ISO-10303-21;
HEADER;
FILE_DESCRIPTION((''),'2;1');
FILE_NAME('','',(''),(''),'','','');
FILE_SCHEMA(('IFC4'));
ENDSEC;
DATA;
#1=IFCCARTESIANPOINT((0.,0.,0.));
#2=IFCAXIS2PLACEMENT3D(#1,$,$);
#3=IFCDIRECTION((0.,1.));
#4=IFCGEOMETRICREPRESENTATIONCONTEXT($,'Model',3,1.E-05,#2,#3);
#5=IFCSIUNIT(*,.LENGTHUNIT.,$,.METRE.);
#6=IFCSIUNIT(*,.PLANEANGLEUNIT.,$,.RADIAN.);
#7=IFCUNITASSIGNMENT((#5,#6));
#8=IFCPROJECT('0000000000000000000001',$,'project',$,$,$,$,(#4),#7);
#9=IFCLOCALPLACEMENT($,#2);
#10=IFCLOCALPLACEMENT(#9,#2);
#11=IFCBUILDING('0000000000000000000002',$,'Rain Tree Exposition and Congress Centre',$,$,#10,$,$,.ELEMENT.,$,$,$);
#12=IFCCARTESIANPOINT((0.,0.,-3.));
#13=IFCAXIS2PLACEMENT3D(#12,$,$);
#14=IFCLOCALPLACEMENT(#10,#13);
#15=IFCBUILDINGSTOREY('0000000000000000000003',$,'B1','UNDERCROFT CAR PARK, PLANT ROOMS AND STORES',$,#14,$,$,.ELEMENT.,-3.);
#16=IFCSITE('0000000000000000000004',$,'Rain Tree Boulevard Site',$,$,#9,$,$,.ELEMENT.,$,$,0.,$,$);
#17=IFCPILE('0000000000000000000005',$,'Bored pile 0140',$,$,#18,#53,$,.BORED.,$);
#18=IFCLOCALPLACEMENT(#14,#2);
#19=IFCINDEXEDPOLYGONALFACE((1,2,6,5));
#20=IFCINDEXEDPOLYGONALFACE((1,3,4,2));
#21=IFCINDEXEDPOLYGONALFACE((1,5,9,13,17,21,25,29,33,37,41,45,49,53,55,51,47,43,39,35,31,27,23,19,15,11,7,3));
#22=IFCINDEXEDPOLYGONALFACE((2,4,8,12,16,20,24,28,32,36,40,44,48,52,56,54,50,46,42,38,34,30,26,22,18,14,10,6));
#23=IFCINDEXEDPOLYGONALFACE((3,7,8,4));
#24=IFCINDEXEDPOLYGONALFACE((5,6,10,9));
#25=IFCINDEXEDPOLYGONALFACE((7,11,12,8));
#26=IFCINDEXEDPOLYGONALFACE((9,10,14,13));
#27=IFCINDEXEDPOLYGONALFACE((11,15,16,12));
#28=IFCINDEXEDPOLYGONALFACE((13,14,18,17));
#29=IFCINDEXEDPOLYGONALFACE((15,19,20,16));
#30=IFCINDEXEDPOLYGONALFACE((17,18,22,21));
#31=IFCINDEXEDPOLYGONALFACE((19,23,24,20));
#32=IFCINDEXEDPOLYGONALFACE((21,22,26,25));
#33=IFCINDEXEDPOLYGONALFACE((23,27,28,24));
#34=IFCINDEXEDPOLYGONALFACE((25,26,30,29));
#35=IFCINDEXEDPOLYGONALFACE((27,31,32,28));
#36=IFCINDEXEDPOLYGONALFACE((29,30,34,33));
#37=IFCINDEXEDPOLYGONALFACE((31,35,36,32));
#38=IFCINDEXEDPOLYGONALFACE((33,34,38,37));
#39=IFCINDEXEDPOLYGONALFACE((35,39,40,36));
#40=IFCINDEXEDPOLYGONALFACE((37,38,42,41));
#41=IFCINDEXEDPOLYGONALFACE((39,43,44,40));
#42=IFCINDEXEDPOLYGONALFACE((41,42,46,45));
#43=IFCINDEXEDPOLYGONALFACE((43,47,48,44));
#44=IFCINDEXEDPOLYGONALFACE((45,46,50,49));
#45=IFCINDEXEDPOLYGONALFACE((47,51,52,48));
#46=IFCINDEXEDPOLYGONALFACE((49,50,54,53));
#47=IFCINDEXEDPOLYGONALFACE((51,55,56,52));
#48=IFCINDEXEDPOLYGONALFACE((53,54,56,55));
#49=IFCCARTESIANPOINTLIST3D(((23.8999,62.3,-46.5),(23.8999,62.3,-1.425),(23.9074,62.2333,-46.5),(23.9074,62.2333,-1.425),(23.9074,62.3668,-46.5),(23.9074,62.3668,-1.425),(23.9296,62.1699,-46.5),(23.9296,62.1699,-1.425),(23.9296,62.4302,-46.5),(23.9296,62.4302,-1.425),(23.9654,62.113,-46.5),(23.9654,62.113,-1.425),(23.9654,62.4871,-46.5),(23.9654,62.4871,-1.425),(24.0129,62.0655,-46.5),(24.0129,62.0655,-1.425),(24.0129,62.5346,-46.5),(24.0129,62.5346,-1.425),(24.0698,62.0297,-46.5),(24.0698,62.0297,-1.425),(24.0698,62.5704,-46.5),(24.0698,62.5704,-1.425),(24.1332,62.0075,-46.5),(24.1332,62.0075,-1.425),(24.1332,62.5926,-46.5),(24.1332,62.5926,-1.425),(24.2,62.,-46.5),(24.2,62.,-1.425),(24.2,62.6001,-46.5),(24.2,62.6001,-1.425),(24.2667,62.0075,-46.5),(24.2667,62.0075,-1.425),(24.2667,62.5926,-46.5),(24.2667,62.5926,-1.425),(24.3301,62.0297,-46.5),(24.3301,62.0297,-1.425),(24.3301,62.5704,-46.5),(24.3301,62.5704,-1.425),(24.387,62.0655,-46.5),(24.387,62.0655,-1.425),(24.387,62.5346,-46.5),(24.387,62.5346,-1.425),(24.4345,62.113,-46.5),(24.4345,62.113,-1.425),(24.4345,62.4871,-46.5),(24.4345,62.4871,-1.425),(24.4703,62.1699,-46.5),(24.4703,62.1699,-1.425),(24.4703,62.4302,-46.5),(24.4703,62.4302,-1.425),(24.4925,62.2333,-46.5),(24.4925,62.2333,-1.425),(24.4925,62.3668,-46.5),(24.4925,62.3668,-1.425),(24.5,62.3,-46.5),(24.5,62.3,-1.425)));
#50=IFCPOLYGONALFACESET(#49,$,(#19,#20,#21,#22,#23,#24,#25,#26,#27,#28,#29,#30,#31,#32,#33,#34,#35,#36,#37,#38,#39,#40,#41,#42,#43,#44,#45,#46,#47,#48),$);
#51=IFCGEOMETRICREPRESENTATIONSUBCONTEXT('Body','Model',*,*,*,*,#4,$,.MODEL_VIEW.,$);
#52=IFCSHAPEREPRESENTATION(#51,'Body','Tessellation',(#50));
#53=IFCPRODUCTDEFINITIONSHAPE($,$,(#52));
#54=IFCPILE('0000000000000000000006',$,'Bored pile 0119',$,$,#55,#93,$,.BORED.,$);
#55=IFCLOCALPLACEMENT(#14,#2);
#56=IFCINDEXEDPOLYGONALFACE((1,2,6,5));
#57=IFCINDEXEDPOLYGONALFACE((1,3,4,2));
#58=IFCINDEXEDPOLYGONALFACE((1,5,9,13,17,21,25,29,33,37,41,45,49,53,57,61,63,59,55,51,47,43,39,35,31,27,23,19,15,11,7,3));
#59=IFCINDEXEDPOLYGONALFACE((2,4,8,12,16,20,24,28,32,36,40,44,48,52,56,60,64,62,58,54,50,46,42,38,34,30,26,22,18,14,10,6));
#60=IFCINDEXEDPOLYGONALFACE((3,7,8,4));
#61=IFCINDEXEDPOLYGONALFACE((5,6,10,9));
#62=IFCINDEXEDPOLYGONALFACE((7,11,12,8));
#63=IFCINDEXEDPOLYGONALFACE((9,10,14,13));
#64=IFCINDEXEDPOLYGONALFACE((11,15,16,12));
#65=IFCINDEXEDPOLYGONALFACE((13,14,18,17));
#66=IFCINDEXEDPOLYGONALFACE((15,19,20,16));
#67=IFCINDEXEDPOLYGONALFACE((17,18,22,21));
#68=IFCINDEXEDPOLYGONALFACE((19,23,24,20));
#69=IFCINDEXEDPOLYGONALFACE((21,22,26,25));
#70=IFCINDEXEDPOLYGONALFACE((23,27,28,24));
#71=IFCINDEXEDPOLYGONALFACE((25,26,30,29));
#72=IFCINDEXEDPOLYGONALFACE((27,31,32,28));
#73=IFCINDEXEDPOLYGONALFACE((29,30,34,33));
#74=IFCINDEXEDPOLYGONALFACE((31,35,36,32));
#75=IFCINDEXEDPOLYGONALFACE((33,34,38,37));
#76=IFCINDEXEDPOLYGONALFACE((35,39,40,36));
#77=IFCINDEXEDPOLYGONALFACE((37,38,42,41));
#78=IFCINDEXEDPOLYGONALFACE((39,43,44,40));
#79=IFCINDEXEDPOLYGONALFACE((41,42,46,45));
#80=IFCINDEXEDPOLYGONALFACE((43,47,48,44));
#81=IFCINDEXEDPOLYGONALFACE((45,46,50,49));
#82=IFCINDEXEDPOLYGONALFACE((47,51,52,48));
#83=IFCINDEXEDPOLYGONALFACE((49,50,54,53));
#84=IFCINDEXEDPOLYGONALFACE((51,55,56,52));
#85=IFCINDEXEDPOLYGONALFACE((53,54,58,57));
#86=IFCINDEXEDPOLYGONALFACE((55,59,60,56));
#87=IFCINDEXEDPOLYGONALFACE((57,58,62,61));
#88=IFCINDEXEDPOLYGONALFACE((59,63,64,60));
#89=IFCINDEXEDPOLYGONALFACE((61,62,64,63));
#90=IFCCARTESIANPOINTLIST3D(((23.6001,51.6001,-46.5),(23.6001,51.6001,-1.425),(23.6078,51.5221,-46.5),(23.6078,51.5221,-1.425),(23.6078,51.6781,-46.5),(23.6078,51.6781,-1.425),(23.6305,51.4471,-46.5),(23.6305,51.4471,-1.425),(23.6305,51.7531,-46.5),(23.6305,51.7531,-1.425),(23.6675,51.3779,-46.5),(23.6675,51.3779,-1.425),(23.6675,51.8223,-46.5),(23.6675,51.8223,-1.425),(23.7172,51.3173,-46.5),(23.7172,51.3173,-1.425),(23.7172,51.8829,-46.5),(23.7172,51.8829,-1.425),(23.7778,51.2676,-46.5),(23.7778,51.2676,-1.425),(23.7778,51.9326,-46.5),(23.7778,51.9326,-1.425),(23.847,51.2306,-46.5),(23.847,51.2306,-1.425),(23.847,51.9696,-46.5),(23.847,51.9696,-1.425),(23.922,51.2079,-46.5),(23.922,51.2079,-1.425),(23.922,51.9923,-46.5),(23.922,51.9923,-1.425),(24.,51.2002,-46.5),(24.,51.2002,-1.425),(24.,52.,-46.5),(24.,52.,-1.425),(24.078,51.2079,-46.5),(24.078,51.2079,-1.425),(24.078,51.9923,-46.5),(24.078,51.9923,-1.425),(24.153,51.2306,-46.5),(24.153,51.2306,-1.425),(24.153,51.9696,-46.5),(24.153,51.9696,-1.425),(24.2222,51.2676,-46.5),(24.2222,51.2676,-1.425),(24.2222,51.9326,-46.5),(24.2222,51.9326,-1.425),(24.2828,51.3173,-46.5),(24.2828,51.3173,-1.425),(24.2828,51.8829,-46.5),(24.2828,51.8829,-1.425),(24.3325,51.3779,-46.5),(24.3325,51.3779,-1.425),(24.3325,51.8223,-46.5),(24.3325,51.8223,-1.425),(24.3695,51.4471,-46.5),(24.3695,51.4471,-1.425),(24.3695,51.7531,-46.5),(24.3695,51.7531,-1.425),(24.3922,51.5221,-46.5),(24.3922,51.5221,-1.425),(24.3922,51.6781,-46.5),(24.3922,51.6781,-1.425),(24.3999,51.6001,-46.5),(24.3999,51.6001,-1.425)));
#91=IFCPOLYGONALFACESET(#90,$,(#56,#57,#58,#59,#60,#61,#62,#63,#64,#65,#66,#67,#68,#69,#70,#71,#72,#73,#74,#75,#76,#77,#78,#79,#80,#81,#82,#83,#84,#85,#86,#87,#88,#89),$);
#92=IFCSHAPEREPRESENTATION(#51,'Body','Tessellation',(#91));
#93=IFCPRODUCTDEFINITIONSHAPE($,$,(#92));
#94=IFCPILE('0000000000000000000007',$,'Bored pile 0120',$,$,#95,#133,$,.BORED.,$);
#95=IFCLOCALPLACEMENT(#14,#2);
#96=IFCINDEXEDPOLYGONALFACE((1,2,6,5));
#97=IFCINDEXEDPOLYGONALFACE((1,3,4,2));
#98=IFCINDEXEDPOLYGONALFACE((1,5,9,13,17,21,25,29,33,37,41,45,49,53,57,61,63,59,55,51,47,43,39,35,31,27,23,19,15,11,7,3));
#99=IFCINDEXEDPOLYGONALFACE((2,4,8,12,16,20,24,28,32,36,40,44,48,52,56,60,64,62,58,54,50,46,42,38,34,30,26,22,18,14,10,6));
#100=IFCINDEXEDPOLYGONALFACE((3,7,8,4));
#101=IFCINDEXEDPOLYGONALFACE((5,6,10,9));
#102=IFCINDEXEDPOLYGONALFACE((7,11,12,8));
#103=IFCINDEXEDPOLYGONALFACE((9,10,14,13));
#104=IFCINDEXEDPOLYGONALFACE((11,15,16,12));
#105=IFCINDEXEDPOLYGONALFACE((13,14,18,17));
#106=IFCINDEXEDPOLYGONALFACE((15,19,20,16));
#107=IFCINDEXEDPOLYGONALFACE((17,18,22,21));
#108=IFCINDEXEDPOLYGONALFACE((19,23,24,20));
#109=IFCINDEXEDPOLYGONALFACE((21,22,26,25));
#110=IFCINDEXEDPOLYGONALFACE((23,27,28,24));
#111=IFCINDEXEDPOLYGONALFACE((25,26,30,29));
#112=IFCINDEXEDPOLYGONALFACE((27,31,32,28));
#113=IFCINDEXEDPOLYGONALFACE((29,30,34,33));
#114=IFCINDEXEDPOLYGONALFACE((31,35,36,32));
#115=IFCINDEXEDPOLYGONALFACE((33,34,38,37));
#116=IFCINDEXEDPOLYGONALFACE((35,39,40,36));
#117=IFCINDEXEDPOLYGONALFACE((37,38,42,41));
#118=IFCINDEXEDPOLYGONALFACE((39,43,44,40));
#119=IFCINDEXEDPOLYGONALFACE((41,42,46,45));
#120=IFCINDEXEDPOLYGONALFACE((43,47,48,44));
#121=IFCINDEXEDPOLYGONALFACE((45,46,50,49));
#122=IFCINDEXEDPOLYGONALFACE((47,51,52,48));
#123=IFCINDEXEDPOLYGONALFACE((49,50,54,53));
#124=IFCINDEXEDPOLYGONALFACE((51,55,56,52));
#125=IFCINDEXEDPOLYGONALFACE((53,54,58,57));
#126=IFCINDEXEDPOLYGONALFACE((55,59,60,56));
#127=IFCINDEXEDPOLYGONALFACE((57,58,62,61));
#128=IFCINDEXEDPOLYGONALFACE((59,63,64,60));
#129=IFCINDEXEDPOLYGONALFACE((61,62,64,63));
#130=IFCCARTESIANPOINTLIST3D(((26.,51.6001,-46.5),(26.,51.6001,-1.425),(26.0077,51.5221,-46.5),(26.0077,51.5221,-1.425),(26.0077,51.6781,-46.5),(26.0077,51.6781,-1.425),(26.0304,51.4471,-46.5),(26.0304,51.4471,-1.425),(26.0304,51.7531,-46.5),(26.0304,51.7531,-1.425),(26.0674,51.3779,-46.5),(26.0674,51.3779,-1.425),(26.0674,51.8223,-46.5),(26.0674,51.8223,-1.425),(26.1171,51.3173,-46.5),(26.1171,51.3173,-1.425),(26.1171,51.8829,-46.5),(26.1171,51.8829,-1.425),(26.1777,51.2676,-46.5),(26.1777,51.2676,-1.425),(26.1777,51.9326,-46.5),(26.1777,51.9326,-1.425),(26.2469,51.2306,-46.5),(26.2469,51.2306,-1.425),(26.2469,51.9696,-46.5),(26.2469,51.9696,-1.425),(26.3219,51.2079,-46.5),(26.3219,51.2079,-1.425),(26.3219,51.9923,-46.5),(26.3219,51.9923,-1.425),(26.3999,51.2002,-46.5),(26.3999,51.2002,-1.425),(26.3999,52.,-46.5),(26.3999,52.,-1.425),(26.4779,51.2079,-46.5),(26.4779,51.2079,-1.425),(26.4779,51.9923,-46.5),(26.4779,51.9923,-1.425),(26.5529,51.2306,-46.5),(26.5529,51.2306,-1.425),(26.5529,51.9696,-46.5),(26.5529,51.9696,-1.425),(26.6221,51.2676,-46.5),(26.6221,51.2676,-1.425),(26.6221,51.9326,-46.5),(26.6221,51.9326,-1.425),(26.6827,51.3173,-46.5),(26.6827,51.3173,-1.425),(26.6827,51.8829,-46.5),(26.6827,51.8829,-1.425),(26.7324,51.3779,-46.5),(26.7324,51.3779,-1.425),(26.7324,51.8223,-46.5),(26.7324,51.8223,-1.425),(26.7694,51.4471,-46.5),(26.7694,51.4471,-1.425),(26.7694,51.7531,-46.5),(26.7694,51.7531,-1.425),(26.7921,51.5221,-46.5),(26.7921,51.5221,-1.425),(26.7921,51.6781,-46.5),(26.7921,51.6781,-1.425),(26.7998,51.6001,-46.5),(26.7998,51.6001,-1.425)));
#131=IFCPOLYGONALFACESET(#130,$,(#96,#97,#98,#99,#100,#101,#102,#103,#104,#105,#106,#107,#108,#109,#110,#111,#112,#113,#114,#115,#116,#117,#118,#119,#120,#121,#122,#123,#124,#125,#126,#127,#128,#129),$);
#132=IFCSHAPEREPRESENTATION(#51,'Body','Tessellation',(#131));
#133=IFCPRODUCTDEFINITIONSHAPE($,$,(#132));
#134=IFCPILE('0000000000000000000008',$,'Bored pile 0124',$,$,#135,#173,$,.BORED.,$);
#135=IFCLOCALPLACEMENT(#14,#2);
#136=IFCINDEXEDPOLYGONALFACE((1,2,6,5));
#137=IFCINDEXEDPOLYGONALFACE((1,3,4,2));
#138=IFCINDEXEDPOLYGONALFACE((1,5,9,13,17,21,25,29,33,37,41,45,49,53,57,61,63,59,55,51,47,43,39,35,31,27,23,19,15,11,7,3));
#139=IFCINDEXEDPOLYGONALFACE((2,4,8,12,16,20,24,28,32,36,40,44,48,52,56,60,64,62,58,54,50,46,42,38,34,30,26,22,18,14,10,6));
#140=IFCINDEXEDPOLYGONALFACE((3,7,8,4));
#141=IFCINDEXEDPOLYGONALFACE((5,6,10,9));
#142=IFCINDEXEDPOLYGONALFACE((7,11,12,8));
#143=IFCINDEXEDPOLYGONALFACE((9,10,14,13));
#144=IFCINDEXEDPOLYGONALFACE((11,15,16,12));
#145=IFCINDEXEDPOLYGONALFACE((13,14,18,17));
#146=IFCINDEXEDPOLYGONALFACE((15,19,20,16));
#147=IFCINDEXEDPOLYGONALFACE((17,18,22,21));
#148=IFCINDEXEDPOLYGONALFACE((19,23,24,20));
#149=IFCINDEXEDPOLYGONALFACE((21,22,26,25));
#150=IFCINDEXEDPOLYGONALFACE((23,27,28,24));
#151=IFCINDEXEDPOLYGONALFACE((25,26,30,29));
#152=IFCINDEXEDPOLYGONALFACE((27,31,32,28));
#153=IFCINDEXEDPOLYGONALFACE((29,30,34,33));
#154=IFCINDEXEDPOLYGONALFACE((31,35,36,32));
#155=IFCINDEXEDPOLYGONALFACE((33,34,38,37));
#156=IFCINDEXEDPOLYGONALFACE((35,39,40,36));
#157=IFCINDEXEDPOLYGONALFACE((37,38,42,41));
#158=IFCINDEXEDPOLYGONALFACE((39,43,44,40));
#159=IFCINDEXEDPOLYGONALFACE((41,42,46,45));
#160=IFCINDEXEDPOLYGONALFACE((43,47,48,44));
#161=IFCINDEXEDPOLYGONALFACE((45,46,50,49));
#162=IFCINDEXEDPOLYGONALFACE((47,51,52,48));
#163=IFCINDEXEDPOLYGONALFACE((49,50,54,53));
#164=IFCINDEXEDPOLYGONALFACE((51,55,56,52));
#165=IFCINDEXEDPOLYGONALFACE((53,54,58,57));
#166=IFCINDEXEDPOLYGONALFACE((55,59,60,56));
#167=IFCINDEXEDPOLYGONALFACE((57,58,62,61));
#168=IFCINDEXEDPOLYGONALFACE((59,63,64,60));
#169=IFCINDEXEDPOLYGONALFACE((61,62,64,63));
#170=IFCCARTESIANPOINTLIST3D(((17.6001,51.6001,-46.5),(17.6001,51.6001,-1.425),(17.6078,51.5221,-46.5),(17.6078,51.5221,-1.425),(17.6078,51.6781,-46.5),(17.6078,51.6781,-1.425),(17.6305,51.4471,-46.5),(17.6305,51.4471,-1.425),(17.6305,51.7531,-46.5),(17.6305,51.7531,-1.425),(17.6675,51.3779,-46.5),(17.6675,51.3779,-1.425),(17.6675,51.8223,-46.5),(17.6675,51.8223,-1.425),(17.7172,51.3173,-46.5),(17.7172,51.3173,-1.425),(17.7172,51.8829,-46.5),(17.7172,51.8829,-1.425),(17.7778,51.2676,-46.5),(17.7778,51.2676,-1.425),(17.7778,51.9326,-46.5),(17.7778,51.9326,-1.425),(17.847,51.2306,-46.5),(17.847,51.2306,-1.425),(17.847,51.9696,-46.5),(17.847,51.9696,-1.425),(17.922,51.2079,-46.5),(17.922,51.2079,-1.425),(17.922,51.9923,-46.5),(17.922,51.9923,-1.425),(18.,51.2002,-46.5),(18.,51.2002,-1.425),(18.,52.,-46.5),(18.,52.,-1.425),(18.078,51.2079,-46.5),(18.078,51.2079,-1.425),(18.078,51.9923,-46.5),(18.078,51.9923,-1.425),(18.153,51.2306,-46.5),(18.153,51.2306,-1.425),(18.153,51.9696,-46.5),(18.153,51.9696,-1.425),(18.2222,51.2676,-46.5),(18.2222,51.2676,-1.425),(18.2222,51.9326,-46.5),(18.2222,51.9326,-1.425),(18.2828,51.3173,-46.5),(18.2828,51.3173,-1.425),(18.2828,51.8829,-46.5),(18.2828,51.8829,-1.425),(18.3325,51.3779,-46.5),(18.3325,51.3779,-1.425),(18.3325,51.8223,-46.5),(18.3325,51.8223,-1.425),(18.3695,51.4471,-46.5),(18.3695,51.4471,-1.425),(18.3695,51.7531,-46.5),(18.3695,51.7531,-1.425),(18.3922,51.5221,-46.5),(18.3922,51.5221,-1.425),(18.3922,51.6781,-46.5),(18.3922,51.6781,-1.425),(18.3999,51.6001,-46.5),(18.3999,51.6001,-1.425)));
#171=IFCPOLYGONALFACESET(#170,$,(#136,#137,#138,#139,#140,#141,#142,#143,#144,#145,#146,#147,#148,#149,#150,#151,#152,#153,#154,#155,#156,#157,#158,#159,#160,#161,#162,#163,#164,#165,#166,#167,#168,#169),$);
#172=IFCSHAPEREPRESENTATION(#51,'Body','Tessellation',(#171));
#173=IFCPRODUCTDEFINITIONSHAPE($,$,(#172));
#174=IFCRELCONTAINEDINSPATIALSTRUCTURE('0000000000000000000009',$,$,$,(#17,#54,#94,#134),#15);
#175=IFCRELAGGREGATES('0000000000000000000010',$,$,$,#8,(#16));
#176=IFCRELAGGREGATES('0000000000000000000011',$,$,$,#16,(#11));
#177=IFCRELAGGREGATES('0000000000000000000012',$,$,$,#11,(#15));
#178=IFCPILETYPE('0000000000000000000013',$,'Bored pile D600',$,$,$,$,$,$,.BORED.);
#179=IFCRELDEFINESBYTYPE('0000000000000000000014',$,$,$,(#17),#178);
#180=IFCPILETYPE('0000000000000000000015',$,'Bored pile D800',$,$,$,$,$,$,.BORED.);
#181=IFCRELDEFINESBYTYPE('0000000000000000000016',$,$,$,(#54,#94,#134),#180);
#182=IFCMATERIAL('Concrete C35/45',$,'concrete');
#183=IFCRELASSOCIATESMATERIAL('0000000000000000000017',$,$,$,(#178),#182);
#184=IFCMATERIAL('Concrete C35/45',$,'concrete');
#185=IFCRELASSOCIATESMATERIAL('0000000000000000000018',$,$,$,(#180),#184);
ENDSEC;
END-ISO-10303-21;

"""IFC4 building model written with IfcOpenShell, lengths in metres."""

from ifc_helpers import new_model, si_unit, direction, frame, origin, origin_2d, place, context, subcontext, project, spatial, circle, extrude, material, material_profile, profile_set, type_object, element, save


model = new_model("IFC4")

# Units and contexts
model_context = context("Model", 3, precision=1e-05, world=origin(), true_north=direction((0.0, 1.0)))
body_context = subcontext(model_context, "Body", "Model", "MODEL_VIEW")
ifc_project = project(units=[si_unit("LENGTHUNIT", "METRE"), si_unit("PLANEANGLEUNIT", "RADIAN")], contexts=[model_context])

# Site, building, storey
site_placement = place(None, origin())
site = spatial("IfcSite", under=ifc_project, at=site_placement, Name="Rain Tree Boulevard Site", CompositionType="ELEMENT", RefElevation=0.0)
building_placement = place(site_placement, origin())
building = spatial("IfcBuilding", under=site, at=building_placement, Name="Rain Tree Exposition and Congress Centre", CompositionType="ELEMENT")
storey_placement = place(building_placement, frame((0.0, 0.0, -3.0)))
storey = spatial("IfcBuildingStorey", under=building, at=storey_placement, Name="B1", Description="UNDERCROFT CAR PARK, PLANT ROOMS AND STORES", CompositionType="ELEMENT", Elevation=-3.0)

# Piles
ifc_material_1 = material(Name="Concrete C35/45", Category="concrete")
ifc_material_profile_1 = material_profile(ifc_material_1, circle(Radius=0.3, at=origin_2d()), Name="D600")
ifc_profile_set_1 = profile_set([ifc_material_profile_1], Name="Concrete C35/45")
pile_type_1 = type_object("IfcPileType", Name="Bored pile D600", PredefinedType="BORED", material=ifc_profile_set_1)
for number, where, z_axis, x_axis, name in (
    (1, (24.2, 62.3, -1.425), (0.0, 0.0, -1.0), (1.0, 0.0, 0.0), "Bored pile 0140"),
):
    element("IfcPile", number, at=place(storey_placement, frame(where, z_axis=z_axis, x_axis=x_axis)), inside=storey, type_object=pile_type_1, Name=name, PredefinedType="BORED", context=body_context, shape_type="SweptSolid", body=[
        extrude(circle(Radius=0.3, at=origin_2d()), origin(), (0.0, 0.0, 1.0), 45.075),
    ])
ifc_material_2 = material(Name="Concrete C35/45", Category="concrete")
ifc_material_profile_2 = material_profile(ifc_material_2, circle(Radius=0.3999, at=origin_2d()), Name="D800")
ifc_profile_set_2 = profile_set([ifc_material_profile_2], Name="Concrete C35/45")
pile_type_2 = type_object("IfcPileType", Name="Bored pile D800", PredefinedType="BORED", material=ifc_profile_set_2)
for number, where, z_axis, x_axis, name in (
    (2, (24.0, 51.6001, -1.425), (0.0, 0.0, -1.0), (1.0, 0.0, 0.0), "Bored pile 0119"),
    (3, (26.3999, 51.6001, -1.425), (0.0, 0.0, -1.0), (1.0, 0.0, 0.0), "Bored pile 0120"),
    (4, (18.0, 51.6001, -1.425), (0.0, 0.0, -1.0), (1.0, 0.0, 0.0), "Bored pile 0124"),
):
    element("IfcPile", number, at=place(storey_placement, frame(where, z_axis=z_axis, x_axis=x_axis)), inside=storey, type_object=pile_type_2, Name=name, PredefinedType="BORED", context=body_context, shape_type="SweptSolid", body=[
        extrude(circle(Radius=0.3999, at=origin_2d()), origin(), (0.0, 0.0, 1.0), 45.075),
    ])

save(model, "model.ifc")
